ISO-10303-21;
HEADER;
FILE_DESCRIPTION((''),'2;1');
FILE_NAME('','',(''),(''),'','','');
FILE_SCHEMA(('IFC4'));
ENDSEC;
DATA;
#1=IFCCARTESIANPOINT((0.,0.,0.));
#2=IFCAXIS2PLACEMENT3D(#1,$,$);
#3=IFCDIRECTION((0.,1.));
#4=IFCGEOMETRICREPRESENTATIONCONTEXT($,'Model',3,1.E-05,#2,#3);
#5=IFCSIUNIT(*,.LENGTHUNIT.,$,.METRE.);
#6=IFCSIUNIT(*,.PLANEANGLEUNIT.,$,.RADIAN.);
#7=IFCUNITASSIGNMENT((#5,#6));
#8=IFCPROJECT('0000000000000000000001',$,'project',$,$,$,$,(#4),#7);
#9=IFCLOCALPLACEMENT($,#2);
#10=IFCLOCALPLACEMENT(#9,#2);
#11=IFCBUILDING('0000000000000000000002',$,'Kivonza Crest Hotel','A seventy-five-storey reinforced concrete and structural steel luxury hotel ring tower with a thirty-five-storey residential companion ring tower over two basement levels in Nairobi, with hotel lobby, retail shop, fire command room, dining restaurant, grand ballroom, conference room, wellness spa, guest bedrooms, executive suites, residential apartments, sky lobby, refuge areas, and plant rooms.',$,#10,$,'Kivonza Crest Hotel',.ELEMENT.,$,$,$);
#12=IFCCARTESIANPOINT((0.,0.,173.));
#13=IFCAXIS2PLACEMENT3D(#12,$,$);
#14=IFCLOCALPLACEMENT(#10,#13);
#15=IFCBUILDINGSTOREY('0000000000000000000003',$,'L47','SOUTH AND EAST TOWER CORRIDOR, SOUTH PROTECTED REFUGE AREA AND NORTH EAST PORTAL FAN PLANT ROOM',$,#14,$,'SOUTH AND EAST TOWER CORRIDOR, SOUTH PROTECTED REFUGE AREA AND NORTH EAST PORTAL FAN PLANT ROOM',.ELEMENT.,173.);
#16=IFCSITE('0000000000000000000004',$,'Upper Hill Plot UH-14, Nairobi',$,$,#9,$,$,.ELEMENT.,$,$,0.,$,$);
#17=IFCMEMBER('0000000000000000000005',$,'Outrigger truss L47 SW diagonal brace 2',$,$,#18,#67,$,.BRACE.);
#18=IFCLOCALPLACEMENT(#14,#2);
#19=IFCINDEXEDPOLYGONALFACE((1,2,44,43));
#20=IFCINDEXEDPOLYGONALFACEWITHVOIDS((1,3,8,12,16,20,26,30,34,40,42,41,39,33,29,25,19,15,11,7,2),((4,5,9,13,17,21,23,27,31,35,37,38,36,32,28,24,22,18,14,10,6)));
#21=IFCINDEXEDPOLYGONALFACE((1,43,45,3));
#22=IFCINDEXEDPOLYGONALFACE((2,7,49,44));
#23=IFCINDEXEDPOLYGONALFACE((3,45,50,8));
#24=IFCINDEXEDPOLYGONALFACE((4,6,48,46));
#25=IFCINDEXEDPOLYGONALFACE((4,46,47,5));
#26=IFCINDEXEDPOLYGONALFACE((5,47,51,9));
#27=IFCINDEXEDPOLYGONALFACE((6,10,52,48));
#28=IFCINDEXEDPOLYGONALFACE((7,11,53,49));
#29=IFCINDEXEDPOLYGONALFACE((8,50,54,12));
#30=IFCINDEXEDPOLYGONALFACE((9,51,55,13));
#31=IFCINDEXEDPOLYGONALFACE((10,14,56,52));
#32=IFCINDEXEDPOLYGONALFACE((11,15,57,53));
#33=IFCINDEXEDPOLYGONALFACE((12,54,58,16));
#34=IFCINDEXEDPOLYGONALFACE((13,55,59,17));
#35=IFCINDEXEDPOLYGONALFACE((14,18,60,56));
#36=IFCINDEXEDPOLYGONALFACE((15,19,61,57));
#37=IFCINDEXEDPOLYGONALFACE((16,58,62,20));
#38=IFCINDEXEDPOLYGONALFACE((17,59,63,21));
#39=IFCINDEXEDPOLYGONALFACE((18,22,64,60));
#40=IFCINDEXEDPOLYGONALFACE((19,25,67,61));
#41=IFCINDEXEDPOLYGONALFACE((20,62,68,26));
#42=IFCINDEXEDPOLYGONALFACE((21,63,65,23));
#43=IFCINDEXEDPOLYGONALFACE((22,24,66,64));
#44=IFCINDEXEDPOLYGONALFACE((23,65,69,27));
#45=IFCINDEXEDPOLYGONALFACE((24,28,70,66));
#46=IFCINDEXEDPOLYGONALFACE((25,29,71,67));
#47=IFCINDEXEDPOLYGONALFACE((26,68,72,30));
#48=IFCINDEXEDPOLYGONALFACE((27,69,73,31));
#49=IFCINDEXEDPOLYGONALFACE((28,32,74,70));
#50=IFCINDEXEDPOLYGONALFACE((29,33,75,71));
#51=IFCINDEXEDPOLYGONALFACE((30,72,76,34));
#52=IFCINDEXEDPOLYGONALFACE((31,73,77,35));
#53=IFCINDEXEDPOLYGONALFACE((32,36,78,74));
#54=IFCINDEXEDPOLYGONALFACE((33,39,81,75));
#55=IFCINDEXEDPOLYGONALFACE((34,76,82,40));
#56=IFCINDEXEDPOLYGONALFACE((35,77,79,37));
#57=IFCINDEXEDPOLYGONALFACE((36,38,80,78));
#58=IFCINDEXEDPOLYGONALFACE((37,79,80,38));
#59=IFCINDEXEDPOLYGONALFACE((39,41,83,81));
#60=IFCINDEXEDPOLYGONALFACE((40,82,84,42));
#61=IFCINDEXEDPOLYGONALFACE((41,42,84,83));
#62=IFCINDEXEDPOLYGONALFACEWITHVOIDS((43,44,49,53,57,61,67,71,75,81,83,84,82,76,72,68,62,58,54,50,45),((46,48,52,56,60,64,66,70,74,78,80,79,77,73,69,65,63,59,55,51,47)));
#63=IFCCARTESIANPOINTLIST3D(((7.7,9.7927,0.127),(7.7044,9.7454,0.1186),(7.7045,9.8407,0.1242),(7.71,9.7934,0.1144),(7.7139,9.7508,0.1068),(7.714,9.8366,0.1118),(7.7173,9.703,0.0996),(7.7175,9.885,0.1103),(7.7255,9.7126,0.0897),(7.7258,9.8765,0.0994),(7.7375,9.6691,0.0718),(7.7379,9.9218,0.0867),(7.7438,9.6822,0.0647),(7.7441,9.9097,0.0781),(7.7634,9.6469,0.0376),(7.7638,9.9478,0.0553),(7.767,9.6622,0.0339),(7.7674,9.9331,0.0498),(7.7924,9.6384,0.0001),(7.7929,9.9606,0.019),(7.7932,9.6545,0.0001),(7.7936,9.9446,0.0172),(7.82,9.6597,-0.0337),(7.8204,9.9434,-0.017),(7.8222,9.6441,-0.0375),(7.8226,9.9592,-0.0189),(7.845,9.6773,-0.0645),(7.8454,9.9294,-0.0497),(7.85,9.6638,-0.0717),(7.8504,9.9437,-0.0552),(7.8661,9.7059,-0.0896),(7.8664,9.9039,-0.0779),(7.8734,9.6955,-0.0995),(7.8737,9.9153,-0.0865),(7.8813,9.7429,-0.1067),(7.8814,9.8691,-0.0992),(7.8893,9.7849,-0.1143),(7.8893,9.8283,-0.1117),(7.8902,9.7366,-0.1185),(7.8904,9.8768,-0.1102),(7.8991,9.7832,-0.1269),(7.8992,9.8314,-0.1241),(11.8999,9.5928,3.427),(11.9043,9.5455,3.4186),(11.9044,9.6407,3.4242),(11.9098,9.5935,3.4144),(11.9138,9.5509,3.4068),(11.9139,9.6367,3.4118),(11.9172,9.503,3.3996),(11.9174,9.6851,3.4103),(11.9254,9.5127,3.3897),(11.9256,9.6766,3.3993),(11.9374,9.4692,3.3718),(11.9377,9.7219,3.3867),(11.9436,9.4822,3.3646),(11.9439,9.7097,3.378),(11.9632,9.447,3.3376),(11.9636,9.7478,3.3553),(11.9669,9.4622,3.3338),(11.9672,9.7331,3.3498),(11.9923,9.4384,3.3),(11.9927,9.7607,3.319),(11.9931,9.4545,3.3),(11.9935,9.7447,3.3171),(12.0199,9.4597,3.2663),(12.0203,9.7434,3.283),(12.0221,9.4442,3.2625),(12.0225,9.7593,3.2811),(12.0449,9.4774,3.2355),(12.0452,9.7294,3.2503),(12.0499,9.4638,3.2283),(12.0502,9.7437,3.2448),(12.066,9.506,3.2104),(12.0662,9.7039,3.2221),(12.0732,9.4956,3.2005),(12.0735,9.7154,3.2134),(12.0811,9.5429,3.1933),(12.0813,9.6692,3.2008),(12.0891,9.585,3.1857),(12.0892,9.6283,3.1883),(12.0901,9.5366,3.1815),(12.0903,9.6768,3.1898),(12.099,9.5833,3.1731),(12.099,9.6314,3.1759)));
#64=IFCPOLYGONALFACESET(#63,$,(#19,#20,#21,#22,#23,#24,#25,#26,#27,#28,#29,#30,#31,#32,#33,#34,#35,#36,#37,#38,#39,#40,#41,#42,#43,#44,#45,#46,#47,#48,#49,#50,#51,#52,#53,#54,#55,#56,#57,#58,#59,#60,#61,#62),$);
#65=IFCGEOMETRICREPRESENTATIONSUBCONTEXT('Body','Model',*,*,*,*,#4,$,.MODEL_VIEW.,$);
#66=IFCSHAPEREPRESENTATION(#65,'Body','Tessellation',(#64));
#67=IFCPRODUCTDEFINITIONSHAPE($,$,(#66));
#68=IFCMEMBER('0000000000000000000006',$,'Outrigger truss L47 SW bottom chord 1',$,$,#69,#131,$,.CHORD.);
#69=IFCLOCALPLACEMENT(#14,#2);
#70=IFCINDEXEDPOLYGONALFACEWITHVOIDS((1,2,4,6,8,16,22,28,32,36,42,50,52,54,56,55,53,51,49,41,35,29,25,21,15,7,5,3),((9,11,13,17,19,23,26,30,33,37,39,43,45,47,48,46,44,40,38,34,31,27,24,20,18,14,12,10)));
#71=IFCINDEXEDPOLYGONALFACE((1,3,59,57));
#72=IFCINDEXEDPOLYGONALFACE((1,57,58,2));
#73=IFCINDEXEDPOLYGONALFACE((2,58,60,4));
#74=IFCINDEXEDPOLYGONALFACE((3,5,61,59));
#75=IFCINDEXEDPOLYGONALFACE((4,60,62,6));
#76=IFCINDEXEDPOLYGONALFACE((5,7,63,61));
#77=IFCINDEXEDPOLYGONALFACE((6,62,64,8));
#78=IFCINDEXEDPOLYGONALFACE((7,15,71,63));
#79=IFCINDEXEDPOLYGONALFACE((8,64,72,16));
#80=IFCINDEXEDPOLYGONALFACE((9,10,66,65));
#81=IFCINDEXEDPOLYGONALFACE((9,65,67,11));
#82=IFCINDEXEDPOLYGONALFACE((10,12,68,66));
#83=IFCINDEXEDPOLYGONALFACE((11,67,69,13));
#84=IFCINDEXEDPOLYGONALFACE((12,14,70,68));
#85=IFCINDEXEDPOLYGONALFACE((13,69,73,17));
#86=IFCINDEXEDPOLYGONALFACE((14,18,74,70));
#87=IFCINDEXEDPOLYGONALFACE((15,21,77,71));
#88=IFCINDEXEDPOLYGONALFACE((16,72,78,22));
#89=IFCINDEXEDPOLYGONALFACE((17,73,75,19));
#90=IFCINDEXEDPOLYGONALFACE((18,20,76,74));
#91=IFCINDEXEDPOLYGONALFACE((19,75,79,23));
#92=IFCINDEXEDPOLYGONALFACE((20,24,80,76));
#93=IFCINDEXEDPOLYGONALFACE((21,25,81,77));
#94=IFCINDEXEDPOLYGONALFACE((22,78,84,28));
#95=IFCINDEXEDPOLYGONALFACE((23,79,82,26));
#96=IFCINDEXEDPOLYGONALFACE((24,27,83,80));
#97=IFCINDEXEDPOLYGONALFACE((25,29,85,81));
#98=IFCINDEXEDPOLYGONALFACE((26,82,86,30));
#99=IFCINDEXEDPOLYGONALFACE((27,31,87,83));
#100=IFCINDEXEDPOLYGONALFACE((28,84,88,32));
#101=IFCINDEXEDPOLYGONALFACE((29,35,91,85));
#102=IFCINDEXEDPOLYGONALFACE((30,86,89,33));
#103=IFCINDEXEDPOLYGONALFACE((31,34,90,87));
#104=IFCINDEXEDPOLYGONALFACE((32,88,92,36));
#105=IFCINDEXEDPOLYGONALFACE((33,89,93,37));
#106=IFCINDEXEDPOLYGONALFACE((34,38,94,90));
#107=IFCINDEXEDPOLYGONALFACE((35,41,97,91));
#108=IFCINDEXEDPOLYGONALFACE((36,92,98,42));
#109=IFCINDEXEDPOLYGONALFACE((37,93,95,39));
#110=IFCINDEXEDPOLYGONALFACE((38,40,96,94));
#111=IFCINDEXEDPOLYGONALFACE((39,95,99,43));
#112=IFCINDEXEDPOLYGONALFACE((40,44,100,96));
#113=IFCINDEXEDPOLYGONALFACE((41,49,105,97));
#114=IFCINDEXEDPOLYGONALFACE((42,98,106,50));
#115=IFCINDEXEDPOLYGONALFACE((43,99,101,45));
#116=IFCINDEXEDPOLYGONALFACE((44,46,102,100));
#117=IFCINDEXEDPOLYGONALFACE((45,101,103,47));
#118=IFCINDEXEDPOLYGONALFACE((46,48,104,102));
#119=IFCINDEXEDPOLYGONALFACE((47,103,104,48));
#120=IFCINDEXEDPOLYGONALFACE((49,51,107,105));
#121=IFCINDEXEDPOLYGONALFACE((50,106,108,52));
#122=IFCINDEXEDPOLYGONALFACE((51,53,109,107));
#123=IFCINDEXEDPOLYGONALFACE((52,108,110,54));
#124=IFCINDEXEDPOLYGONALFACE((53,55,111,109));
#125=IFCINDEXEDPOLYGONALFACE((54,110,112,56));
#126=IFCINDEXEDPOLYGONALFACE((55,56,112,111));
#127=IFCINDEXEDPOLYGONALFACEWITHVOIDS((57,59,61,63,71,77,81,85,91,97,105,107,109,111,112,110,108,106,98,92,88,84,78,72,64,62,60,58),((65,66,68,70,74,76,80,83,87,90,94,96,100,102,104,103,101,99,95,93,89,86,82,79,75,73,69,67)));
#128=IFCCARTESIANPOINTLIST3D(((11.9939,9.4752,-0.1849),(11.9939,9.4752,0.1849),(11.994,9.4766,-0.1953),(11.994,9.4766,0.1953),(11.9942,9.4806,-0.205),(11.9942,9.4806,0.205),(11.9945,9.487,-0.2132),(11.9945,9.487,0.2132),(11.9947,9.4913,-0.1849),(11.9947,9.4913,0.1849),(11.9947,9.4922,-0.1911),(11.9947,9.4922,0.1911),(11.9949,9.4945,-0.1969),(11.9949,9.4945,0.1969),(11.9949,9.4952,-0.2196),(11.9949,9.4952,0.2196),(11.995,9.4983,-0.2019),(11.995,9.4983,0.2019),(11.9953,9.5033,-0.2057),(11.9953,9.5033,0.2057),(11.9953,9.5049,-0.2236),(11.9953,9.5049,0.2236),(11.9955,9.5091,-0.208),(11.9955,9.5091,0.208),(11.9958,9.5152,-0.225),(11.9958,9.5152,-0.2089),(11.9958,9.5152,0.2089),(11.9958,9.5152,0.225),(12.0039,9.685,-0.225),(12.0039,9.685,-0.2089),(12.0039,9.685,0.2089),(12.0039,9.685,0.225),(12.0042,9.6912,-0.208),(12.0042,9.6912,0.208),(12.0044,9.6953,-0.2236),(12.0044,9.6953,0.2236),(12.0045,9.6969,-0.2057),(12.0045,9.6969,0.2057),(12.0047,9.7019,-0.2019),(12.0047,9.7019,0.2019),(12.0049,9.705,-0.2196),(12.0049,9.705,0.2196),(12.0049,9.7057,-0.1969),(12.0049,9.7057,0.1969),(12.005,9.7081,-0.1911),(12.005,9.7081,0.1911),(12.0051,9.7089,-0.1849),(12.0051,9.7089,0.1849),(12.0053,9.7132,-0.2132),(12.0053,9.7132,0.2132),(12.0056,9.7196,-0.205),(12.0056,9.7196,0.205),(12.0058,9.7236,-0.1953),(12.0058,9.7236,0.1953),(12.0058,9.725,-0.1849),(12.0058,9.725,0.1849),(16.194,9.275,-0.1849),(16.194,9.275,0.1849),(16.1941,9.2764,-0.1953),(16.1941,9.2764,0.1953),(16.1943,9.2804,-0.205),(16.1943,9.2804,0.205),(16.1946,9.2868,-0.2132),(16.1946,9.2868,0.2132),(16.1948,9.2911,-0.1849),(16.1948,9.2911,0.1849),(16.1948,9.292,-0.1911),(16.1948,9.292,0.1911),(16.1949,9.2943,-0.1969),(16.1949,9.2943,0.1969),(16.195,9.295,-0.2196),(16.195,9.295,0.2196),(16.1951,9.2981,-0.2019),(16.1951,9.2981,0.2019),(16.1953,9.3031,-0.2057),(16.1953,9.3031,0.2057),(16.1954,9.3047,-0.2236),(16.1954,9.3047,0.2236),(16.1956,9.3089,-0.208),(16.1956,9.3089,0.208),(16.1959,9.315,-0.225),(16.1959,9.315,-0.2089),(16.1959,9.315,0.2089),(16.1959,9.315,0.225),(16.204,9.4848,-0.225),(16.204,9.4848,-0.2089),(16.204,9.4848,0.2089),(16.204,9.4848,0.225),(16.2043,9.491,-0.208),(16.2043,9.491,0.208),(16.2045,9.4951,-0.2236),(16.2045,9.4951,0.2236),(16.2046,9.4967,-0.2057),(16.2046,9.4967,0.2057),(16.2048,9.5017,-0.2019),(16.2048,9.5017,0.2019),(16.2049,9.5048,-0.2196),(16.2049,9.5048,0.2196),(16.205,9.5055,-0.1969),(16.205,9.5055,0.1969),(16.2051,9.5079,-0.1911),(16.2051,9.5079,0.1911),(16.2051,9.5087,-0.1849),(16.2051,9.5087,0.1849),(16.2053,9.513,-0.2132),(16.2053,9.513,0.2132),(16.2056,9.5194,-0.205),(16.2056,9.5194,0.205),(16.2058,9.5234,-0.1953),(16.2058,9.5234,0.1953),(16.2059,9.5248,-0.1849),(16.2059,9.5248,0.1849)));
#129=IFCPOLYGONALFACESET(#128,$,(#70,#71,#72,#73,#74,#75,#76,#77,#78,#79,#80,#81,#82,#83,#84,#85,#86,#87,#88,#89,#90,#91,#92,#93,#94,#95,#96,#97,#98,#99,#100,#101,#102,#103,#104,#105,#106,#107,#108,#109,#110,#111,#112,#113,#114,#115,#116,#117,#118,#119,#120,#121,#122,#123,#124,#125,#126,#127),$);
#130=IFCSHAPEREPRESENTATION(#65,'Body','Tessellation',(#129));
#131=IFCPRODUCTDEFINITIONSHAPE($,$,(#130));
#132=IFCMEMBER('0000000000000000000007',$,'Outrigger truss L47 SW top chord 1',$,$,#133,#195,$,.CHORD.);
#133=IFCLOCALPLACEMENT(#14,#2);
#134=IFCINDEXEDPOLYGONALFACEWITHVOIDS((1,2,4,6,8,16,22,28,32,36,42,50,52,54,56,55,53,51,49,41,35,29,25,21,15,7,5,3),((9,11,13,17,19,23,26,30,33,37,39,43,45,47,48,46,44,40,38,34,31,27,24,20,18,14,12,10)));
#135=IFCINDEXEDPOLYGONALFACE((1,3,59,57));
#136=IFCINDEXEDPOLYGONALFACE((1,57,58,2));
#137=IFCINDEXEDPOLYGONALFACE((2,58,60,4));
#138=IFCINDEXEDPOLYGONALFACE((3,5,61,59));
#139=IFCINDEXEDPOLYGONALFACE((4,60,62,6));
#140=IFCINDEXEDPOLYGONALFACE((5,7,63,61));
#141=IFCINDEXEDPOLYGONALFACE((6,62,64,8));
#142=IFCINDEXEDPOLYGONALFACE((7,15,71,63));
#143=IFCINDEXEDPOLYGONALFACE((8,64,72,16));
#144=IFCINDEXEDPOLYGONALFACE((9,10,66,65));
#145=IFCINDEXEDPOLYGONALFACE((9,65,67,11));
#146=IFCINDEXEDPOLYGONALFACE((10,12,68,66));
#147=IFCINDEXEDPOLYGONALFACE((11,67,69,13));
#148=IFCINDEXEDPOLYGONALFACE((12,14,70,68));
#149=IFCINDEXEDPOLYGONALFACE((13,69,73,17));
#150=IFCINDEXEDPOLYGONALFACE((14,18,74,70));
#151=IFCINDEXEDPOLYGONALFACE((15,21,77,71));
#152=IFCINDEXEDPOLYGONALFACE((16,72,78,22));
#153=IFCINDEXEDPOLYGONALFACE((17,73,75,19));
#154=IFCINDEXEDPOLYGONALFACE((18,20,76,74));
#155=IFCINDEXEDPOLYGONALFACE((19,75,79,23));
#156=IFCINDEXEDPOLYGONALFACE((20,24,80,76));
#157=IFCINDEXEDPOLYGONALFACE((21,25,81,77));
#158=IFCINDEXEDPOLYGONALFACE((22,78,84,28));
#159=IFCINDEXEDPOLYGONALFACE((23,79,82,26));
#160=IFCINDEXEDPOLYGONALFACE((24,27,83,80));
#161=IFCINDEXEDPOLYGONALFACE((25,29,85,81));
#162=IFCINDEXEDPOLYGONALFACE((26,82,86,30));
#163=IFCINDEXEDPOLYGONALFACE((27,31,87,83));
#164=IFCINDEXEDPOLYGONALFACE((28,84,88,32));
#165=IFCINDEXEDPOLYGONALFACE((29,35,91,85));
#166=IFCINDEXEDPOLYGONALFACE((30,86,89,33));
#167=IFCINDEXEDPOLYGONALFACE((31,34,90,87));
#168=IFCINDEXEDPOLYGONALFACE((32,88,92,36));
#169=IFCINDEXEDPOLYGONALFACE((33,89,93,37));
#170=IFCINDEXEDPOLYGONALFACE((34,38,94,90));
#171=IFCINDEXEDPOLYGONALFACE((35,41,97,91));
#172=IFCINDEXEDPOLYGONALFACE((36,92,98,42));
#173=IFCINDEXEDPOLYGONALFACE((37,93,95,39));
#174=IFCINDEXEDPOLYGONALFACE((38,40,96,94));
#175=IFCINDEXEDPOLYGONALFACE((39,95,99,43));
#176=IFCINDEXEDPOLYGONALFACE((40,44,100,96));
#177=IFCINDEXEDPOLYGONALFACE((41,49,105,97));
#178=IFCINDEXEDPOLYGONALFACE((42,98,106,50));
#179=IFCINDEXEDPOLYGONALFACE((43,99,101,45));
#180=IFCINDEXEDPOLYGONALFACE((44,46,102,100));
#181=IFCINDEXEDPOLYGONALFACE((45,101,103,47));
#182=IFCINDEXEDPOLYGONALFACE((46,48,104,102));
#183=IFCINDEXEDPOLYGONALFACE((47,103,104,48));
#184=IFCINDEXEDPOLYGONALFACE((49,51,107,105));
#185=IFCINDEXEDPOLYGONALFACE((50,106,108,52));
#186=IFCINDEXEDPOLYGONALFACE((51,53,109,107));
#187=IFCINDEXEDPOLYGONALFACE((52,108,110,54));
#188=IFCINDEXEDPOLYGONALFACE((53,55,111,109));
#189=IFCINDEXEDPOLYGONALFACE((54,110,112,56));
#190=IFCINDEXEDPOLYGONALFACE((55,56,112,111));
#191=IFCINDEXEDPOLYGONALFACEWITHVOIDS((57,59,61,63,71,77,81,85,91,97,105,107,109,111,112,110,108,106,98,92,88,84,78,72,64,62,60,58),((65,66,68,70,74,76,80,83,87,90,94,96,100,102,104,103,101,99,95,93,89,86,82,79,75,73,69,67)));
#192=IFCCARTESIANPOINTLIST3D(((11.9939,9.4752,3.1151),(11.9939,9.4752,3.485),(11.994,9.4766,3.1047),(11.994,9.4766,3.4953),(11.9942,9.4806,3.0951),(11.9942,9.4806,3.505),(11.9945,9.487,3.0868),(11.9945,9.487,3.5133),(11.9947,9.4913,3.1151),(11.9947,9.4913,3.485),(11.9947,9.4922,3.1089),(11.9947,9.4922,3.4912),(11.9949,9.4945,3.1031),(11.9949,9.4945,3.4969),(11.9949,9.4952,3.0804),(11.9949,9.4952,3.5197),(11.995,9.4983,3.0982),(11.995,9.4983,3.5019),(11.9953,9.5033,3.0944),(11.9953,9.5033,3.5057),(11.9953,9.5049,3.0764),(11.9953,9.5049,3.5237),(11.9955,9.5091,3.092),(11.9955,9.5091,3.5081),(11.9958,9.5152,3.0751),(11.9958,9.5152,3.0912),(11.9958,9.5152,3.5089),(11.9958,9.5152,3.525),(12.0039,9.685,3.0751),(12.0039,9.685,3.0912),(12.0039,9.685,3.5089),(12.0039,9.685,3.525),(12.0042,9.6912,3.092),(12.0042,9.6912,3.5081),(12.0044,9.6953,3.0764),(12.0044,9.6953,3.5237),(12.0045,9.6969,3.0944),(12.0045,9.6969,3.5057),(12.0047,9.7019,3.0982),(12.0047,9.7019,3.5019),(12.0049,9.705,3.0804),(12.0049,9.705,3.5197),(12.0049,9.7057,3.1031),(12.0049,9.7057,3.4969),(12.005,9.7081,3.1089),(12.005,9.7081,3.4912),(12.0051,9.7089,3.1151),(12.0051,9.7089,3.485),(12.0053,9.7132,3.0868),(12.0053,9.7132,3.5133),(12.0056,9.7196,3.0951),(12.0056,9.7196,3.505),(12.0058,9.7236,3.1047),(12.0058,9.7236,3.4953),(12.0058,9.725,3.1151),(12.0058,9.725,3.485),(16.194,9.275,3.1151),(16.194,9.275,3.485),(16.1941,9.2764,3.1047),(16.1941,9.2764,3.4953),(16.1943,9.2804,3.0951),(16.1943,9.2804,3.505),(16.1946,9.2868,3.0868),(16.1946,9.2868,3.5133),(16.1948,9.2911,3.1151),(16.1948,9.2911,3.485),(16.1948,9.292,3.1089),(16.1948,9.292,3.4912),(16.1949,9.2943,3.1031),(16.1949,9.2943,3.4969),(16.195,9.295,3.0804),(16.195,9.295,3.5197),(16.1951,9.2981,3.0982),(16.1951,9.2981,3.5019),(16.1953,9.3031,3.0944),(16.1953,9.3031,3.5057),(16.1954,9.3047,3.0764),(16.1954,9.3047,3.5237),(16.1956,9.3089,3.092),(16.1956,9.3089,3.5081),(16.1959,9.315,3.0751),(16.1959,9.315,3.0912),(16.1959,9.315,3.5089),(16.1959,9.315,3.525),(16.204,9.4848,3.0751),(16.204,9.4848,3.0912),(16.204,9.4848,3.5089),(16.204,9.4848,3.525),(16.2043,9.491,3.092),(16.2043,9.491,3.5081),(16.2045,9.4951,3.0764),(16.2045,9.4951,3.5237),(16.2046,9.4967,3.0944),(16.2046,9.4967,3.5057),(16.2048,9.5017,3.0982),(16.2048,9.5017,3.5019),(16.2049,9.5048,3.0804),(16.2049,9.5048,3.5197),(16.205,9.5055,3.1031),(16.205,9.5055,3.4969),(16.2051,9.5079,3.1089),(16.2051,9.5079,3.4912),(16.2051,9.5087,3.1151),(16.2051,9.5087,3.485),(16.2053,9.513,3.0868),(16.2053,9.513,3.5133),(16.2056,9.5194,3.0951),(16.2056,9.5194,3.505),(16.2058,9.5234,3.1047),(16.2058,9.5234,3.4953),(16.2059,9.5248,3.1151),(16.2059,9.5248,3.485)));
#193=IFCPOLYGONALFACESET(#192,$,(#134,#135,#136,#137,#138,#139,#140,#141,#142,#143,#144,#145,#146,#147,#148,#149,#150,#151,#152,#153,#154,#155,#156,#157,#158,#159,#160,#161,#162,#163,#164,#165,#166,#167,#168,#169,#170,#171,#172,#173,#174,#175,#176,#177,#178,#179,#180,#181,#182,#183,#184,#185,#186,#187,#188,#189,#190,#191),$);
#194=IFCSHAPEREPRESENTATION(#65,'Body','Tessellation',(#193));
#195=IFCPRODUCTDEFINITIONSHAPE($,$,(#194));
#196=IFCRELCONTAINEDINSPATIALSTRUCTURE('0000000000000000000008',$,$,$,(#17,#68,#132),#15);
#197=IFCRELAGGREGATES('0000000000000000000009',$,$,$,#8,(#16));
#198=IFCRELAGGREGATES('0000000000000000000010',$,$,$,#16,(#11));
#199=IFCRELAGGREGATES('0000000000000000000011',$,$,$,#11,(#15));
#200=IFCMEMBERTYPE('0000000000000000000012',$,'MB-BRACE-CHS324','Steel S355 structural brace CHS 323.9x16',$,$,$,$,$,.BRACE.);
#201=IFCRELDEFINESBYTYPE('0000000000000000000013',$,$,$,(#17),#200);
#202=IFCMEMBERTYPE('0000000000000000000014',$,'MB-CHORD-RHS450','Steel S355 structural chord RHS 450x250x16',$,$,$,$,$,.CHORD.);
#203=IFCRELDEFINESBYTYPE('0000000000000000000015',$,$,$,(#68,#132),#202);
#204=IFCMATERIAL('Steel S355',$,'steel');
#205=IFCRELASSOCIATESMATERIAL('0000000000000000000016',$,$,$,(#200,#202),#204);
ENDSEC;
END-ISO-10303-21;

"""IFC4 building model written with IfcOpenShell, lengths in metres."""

from ifc_helpers import new_model, si_unit, direction, frame, origin, origin_2d, place, context, subcontext, project, spatial, hollow_rectangle, hollow_circle, extrude, material, material_profile, profile_set, type_object, element, save


model = new_model("IFC4")

# Units and contexts
model_context = context("Model", 3, precision=1e-05, world=origin(), true_north=direction((0.0, 1.0)))
body_context = subcontext(model_context, "Body", "Model", "MODEL_VIEW")
ifc_project = project(units=[si_unit("LENGTHUNIT", "METRE"), si_unit("PLANEANGLEUNIT", "RADIAN")], contexts=[model_context])

# Site, building, storey
site_placement = place(None, origin())
site = spatial("IfcSite", under=ifc_project, at=site_placement, Name="Upper Hill Plot UH-14, Nairobi", CompositionType="ELEMENT", RefElevation=0.0)
building_placement = place(site_placement, origin())
building = spatial("IfcBuilding", under=site, at=building_placement, Name="Kivonza Crest Hotel", Description="A seventy-five-storey reinforced concrete and structural steel luxury hotel ring tower with a thirty-five-storey residential companion ring tower over two basement levels in Nairobi, with hotel lobby, retail shop, fire command room, dining restaurant, grand ballroom, conference room, wellness spa, guest bedrooms, executive suites, residential apartments, sky lobby, refuge areas, and plant rooms.", LongName="Kivonza Crest Hotel", CompositionType="ELEMENT")
storey_placement = place(building_placement, frame((0.0, 0.0, 173.0)))
storey = spatial("IfcBuildingStorey", under=building, at=storey_placement, Name="L47", Description="SOUTH AND EAST TOWER CORRIDOR, SOUTH PROTECTED REFUGE AREA AND NORTH EAST PORTAL FAN PLANT ROOM", LongName="SOUTH AND EAST TOWER CORRIDOR, SOUTH PROTECTED REFUGE AREA AND NORTH EAST PORTAL FAN PLANT ROOM", CompositionType="ELEMENT", Elevation=173.0)

# Shared definitions
ifc_material_1 = material(Name="Steel S355", Category="steel")

# Members
ifc_material_profile_1 = material_profile(ifc_material_1, hollow_circle(Radius=0.1619, WallThickness=0.0161, at=origin_2d()), Name="CHS 323.9x16")
ifc_profile_set_1 = profile_set([ifc_material_profile_1], Name="Steel S355")
member_type_1 = type_object("IfcMemberType", Name="MB-BRACE-CHS324", Description="Steel S355 structural brace CHS 323.9x16", PredefinedType="BRACE", material=ifc_profile_set_1)
for number, where, z_axis, x_axis, name in (
    (1, (12.0, 9.6001, 3.3), (-0.78576, 0.037408, -0.617399), (-0.047554, -0.998869, 0.0), "Outrigger truss L47 SW diagonal brace 2"),
):
    element("IfcMember", number, at=place(storey_placement, frame(where, z_axis=z_axis, x_axis=x_axis)), inside=storey, type_object=member_type_1, Name=name, PredefinedType="BRACE", context=body_context, shape_type="SweptSolid", body=[
        extrude(hollow_circle(Radius=0.1619, WallThickness=0.0161, at=origin_2d()), origin(), (0.0, 0.0, 1.0), 5.345),
    ])
ifc_material_profile_2 = material_profile(ifc_material_1, hollow_rectangle(XDim=0.25, YDim=0.45, WallThickness=0.0161, InnerFilletRadius=0.0239, OuterFilletRadius=0.04, at=origin_2d()), Name="RHS 450x250x16")
ifc_profile_set_2 = profile_set([ifc_material_profile_2], Name="Steel S355")
member_type_2 = type_object("IfcMemberType", Name="MB-CHORD-RHS450", Description="Steel S355 structural chord RHS 450x250x16", PredefinedType="CHORD", material=ifc_profile_set_2)
for number, where, z_axis, x_axis, name in (
    (2, (16.2, 9.3999, 0.0), (-0.998866, 0.047612, 0.0), (-0.047612, -0.998866, 0.0), "Outrigger truss L47 SW bottom chord 1"),
    (3, (16.2, 9.3999, 3.3), (-0.998866, 0.047612, 0.0), (-0.047612, -0.998866, 0.0), "Outrigger truss L47 SW top chord 1"),
):
    element("IfcMember", number, at=place(storey_placement, frame(where, z_axis=z_axis, x_axis=x_axis)), inside=storey, type_object=member_type_2, Name=name, PredefinedType="CHORD", context=body_context, shape_type="SweptSolid", body=[
        extrude(hollow_rectangle(XDim=0.25, YDim=0.45, WallThickness=0.0161, InnerFilletRadius=0.0239, OuterFilletRadius=0.04, at=origin_2d()), origin(), (0.0, 0.0, 1.0), 4.2048),
    ])

save(model, "model.ifc")
